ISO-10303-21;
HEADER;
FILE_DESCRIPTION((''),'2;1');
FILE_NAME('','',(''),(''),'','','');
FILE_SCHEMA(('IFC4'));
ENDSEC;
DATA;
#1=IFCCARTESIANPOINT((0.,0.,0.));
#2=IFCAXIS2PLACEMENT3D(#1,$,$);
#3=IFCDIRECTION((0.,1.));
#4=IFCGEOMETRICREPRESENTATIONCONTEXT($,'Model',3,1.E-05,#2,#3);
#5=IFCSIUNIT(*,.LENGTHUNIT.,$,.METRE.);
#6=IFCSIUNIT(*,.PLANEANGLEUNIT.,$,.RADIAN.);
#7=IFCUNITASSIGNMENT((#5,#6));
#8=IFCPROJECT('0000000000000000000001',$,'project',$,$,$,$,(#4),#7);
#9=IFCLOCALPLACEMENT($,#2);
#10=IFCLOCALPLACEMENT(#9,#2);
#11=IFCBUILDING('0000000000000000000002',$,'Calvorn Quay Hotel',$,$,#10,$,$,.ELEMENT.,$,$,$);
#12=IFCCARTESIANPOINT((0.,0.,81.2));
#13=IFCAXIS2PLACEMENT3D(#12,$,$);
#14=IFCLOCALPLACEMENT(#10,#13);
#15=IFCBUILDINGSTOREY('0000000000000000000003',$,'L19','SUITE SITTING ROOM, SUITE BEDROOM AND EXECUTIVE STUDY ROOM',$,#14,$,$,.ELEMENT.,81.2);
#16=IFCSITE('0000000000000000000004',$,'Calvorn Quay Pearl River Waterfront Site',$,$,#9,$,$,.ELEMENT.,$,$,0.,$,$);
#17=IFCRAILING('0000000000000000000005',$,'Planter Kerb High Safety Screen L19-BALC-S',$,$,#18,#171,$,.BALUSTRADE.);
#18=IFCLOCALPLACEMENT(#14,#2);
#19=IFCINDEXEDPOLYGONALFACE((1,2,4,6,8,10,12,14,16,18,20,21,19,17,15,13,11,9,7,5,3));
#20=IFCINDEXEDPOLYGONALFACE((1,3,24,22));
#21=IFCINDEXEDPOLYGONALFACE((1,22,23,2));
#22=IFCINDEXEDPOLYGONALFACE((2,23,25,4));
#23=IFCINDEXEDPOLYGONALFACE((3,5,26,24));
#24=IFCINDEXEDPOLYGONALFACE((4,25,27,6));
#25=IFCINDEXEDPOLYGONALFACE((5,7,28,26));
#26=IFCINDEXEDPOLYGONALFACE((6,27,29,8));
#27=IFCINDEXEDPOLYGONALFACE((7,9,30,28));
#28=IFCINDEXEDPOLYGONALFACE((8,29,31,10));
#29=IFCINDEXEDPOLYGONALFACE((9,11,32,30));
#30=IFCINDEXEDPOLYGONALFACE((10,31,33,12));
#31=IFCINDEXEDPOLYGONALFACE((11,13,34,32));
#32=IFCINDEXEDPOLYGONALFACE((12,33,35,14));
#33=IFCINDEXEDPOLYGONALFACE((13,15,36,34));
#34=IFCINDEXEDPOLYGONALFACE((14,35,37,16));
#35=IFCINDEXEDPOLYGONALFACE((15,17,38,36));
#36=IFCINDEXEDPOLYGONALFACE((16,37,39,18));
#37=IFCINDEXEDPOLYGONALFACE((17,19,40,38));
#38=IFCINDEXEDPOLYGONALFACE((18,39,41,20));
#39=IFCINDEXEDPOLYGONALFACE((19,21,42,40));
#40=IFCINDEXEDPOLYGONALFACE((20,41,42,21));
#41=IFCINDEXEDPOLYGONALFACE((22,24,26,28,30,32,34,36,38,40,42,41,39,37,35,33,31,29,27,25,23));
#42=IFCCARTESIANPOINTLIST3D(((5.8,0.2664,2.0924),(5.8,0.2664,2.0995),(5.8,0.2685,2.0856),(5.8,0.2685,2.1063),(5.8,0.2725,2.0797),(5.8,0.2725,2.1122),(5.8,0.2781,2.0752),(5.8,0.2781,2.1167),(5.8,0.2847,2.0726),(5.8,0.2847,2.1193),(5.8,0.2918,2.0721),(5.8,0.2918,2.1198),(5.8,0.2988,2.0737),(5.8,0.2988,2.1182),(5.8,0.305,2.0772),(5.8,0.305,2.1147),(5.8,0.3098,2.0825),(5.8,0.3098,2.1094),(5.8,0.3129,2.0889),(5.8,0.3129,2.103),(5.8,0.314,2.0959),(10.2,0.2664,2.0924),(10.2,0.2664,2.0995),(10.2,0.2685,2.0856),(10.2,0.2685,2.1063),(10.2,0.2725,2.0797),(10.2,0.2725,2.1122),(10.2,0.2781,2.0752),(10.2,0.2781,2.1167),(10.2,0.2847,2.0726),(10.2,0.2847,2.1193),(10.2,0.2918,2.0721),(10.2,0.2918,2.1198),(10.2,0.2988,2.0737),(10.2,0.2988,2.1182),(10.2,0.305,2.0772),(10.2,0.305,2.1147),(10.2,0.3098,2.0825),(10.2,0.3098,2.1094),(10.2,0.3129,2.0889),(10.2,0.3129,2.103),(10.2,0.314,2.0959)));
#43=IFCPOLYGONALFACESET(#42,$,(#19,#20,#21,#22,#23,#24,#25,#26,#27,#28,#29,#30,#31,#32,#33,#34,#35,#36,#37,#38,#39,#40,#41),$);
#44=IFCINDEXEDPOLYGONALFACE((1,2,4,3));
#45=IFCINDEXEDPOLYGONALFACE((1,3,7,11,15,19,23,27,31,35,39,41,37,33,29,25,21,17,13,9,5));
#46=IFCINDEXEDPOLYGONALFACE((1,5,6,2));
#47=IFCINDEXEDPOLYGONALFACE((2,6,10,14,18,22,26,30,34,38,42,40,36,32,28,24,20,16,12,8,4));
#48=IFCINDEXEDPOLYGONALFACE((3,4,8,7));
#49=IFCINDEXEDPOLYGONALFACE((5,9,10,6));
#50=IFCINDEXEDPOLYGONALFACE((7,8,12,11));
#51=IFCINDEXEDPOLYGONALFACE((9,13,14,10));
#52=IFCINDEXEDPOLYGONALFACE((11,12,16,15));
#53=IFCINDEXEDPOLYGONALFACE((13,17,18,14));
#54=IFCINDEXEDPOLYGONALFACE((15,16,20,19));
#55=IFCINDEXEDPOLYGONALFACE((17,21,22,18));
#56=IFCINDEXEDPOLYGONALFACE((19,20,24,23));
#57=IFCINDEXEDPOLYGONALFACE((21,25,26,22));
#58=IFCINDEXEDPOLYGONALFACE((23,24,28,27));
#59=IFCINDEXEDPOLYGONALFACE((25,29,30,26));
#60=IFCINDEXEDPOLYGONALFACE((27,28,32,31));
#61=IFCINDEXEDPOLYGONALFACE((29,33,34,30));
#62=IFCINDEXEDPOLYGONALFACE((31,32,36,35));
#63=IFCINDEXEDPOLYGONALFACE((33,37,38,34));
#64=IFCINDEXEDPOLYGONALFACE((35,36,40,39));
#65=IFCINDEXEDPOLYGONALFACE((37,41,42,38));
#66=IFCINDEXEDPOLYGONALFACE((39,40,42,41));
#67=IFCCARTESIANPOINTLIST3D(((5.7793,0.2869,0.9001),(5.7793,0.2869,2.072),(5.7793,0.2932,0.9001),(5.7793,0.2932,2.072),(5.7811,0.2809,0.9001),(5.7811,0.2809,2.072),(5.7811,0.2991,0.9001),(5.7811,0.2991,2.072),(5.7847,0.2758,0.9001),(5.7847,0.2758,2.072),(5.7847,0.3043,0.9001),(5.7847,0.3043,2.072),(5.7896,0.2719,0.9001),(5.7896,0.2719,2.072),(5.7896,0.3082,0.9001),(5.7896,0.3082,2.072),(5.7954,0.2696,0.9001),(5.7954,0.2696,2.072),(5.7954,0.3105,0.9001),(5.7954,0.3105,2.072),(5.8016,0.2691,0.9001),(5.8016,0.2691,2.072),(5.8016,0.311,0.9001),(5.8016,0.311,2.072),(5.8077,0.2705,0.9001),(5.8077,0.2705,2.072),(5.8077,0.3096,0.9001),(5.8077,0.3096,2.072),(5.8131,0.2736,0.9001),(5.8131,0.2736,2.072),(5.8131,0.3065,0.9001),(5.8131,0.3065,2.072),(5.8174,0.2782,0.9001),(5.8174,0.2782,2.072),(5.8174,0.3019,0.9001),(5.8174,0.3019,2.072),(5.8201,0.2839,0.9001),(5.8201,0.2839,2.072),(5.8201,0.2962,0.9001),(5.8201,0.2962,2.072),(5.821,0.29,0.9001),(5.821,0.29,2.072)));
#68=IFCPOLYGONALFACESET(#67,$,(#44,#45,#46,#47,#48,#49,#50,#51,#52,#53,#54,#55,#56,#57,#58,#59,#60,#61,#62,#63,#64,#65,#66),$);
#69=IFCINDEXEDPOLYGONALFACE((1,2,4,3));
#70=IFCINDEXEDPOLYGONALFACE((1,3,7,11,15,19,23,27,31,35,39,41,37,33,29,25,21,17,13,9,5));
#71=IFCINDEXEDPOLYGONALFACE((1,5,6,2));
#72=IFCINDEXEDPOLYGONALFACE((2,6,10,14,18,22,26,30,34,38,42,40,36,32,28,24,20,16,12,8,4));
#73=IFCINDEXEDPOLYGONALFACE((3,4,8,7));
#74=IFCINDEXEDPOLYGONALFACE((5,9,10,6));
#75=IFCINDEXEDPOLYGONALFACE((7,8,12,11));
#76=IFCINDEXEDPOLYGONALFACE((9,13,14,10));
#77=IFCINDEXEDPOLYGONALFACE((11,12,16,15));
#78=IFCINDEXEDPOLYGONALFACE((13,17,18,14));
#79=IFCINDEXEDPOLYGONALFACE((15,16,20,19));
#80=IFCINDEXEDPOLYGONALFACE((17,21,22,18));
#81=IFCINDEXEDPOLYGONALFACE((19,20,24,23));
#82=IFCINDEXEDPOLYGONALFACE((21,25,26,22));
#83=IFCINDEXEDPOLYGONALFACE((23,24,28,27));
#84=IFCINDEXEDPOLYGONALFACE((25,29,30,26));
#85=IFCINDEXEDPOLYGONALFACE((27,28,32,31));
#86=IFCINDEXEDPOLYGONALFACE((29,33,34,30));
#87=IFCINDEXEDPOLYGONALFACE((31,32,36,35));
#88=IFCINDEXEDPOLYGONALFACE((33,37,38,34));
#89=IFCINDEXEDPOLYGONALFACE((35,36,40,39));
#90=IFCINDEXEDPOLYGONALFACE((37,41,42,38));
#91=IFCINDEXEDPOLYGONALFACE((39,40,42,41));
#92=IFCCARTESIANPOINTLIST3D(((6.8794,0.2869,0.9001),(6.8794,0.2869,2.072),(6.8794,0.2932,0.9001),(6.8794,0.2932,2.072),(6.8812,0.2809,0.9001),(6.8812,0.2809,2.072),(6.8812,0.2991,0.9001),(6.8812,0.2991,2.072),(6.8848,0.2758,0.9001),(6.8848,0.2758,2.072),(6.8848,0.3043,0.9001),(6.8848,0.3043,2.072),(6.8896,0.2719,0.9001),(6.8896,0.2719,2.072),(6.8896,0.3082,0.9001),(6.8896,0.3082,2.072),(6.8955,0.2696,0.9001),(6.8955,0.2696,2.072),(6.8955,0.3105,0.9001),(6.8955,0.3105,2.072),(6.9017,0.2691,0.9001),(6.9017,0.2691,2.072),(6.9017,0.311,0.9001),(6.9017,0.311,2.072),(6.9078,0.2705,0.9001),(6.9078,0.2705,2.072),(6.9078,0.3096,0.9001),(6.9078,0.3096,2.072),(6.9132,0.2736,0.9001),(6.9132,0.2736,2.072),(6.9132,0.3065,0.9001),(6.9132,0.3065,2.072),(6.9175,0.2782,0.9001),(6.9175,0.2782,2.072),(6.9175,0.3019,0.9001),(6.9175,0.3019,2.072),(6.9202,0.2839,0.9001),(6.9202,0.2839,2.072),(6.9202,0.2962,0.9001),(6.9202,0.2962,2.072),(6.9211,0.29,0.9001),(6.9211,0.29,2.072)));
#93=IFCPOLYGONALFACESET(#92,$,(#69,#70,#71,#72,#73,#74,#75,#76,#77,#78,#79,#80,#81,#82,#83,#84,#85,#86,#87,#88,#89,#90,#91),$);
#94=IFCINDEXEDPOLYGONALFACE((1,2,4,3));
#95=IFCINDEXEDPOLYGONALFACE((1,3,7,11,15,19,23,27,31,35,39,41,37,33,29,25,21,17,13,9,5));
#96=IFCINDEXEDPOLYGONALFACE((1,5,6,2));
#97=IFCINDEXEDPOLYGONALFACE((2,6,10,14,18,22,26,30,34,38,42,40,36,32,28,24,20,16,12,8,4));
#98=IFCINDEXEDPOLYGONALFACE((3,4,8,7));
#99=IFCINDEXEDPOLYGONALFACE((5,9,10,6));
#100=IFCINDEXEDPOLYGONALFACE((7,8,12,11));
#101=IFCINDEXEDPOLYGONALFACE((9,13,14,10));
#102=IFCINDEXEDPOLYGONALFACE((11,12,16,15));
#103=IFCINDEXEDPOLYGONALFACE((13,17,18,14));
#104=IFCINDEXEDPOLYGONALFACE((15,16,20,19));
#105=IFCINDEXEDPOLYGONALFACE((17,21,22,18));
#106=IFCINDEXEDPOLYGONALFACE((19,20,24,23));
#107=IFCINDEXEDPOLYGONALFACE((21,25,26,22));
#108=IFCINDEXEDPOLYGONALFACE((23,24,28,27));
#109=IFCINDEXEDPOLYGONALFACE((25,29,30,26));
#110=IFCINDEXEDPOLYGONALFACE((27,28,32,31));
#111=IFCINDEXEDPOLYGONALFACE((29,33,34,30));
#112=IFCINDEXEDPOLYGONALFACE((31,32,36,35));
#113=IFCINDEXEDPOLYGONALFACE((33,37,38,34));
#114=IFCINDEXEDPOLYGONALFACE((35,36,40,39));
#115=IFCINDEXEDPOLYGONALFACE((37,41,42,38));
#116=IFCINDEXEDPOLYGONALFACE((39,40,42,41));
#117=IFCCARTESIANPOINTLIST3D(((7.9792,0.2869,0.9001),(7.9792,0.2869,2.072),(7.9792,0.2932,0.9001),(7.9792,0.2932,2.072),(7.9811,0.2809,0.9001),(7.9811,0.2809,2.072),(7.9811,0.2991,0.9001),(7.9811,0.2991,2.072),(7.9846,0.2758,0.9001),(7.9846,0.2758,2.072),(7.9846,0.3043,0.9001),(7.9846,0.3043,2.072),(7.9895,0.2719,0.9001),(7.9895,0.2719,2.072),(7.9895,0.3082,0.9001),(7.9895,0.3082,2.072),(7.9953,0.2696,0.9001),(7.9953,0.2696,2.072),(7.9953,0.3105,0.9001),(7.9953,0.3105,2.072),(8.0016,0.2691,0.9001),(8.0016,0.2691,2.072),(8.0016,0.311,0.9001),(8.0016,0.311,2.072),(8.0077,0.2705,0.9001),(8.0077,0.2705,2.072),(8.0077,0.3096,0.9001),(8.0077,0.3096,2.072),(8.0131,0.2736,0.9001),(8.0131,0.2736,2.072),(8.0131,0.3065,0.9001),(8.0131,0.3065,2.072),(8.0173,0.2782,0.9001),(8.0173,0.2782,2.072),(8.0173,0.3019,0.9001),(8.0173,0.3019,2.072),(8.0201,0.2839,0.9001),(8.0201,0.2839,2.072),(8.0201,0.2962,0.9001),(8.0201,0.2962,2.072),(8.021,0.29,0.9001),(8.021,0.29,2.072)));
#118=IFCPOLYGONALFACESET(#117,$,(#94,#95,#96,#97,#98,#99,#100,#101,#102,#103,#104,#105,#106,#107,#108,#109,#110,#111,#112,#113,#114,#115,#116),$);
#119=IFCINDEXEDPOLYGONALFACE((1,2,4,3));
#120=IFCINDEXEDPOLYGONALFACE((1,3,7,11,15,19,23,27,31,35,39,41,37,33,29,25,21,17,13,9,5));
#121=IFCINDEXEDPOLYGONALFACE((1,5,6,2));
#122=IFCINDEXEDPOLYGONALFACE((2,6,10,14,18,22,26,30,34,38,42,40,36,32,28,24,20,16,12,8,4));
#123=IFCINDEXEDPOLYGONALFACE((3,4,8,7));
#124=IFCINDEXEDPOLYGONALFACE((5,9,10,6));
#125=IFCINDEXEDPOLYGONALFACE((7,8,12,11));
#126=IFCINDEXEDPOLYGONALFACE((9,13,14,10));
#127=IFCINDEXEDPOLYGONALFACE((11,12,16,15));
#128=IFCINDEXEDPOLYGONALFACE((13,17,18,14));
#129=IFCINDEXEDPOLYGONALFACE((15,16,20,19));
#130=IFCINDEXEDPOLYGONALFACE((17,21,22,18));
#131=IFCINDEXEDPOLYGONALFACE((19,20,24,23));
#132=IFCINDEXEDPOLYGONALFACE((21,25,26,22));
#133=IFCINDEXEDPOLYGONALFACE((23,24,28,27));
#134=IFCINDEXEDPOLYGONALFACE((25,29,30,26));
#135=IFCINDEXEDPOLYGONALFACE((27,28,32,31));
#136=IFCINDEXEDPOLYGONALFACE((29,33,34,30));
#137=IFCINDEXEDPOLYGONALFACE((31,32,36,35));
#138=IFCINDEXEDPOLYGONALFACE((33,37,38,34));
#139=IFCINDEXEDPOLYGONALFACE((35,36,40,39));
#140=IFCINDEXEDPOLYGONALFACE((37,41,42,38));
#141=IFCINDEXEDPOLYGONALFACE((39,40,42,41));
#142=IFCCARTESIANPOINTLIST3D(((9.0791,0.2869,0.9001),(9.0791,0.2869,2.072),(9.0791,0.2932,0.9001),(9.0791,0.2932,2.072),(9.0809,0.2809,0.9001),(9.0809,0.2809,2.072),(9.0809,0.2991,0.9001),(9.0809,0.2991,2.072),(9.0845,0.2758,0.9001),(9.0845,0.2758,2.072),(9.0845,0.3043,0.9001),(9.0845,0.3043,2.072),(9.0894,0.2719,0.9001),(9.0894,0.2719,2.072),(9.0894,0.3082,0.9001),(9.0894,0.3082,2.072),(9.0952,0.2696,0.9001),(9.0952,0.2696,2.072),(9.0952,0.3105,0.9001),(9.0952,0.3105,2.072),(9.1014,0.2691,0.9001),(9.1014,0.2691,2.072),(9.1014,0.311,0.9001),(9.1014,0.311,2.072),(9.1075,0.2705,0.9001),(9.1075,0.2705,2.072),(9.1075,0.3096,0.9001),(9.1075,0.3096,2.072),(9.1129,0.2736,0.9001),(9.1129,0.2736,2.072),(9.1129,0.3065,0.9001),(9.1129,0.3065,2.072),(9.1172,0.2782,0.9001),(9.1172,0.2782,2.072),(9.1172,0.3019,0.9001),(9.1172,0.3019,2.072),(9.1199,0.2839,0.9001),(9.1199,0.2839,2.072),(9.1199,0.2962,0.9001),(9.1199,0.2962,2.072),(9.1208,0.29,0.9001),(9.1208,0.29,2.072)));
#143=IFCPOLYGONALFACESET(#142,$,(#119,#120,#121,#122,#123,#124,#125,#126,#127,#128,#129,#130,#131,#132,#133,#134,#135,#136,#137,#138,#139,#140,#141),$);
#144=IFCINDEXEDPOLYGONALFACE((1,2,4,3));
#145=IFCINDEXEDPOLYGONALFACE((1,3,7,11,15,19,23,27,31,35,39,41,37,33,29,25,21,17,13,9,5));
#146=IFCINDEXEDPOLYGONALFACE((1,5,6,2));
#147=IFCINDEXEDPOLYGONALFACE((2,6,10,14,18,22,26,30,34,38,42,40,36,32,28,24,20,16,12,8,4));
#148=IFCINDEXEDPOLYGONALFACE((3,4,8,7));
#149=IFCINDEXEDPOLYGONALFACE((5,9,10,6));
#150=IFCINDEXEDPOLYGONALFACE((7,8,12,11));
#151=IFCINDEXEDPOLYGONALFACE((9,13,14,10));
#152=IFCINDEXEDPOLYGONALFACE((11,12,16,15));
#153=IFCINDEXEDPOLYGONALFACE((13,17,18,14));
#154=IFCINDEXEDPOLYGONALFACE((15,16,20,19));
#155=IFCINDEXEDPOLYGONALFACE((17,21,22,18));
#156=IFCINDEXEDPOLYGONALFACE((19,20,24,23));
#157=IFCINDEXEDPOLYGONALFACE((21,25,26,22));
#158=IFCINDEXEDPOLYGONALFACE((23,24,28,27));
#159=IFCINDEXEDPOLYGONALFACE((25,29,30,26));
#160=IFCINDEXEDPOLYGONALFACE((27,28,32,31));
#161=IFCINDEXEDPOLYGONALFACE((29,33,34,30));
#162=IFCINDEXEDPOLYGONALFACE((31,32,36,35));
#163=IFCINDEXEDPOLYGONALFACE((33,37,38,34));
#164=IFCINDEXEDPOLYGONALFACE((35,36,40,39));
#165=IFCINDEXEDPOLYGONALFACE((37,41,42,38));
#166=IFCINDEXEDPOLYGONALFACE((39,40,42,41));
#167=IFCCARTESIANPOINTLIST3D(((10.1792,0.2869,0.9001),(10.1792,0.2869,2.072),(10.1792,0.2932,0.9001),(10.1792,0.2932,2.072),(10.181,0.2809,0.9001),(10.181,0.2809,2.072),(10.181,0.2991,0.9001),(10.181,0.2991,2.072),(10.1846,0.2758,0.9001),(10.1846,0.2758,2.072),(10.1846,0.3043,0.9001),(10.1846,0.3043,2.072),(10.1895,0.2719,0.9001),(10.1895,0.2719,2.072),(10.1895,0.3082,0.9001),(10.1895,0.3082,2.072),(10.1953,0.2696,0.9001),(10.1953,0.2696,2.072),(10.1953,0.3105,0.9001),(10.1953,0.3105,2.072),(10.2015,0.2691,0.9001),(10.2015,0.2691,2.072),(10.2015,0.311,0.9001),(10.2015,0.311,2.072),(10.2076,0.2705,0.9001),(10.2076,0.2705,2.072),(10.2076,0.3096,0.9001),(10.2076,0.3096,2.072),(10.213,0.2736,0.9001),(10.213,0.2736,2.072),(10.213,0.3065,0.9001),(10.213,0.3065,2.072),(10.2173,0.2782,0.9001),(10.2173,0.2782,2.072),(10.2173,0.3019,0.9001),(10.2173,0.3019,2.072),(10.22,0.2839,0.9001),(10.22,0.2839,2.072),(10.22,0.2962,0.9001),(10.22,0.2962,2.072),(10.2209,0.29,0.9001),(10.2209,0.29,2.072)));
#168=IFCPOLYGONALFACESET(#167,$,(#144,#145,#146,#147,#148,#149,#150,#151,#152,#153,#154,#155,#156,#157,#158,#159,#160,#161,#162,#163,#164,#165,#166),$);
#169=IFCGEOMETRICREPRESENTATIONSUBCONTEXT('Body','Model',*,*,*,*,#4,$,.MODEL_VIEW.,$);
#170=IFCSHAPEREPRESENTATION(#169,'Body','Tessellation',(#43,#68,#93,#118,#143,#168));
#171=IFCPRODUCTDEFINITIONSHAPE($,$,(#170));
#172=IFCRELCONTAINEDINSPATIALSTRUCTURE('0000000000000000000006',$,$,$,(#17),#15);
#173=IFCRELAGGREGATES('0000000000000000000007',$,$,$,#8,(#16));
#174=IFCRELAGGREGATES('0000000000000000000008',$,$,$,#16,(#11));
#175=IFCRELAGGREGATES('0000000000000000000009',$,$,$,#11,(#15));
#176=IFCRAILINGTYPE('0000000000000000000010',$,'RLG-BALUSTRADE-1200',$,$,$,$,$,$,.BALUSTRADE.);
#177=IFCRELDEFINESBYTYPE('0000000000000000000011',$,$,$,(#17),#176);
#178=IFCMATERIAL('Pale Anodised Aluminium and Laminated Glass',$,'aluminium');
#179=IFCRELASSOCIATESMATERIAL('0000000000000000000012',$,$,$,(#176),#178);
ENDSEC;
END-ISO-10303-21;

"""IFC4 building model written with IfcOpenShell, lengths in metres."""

from ifc_helpers import new_model, si_unit, direction, frame, origin, origin_2d, place, context, subcontext, project, spatial, circle, extrude, material, type_object, element, save


model = new_model("IFC4")

# Units and contexts
model_context = context("Model", 3, precision=1e-05, world=origin(), true_north=direction((0.0, 1.0)))
body_context = subcontext(model_context, "Body", "Model", "MODEL_VIEW")
ifc_project = project(units=[si_unit("LENGTHUNIT", "METRE"), si_unit("PLANEANGLEUNIT", "RADIAN")], contexts=[model_context])

# Site, building, storey
site_placement = place(None, origin())
site = spatial("IfcSite", under=ifc_project, at=site_placement, Name="Calvorn Quay Pearl River Waterfront Site", CompositionType="ELEMENT", RefElevation=0.0)
building_placement = place(site_placement, origin())
building = spatial("IfcBuilding", under=site, at=building_placement, Name="Calvorn Quay Hotel", CompositionType="ELEMENT")
storey_placement = place(building_placement, frame((0.0, 0.0, 81.2)))
storey = spatial("IfcBuildingStorey", under=building, at=storey_placement, Name="L19", Description="SUITE SITTING ROOM, SUITE BEDROOM AND EXECUTIVE STUDY ROOM", CompositionType="ELEMENT", Elevation=81.2)

# Railing
ifc_material_1 = material(Name="Pale Anodised Aluminium and Laminated Glass", Category="aluminium")
railing_type = type_object("IfcRailingType", Name="RLG-BALUSTRADE-1200", PredefinedType="BALUSTRADE", material=ifc_material_1)
railing_placement = place(storey_placement, frame((5.8, 0.29, 0.9001)))
element("IfcRailing", 1, at=railing_placement, inside=storey, type_object=railing_type, Name="Planter Kerb High Safety Screen L19-BALC-S", PredefinedType="BALUSTRADE", context=body_context, shape_type="SweptSolid", body=[
    extrude(circle(Radius=0.0239, at=origin_2d()), frame((0.0, 0.0, 1.1958), z_axis=(1.0, 0.0, 0.0), x_axis=(0.0, 1.0, 0.0)), (0.0, 0.0, 1.0), 4.3999),
    extrude(circle(Radius=0.021, at=origin_2d()), origin(), (0.0, 0.0, 1.0), 1.1719),
    extrude(circle(Radius=0.021, at=origin_2d()), frame((1.1001, 0.0, 0.0)), (0.0, 0.0, 1.0), 1.1719),
    extrude(circle(Radius=0.021, at=origin_2d()), frame((2.2, 0.0, 0.0)), (0.0, 0.0, 1.0), 1.1719),
    extrude(circle(Radius=0.021, at=origin_2d()), frame((3.2998, 0.0, 0.0)), (0.0, 0.0, 1.0), 1.1719),
    extrude(circle(Radius=0.021, at=origin_2d()), frame((4.3999, 0.0, 0.0)), (0.0, 0.0, 1.0), 1.1719),
])

save(model, "model.ifc")
